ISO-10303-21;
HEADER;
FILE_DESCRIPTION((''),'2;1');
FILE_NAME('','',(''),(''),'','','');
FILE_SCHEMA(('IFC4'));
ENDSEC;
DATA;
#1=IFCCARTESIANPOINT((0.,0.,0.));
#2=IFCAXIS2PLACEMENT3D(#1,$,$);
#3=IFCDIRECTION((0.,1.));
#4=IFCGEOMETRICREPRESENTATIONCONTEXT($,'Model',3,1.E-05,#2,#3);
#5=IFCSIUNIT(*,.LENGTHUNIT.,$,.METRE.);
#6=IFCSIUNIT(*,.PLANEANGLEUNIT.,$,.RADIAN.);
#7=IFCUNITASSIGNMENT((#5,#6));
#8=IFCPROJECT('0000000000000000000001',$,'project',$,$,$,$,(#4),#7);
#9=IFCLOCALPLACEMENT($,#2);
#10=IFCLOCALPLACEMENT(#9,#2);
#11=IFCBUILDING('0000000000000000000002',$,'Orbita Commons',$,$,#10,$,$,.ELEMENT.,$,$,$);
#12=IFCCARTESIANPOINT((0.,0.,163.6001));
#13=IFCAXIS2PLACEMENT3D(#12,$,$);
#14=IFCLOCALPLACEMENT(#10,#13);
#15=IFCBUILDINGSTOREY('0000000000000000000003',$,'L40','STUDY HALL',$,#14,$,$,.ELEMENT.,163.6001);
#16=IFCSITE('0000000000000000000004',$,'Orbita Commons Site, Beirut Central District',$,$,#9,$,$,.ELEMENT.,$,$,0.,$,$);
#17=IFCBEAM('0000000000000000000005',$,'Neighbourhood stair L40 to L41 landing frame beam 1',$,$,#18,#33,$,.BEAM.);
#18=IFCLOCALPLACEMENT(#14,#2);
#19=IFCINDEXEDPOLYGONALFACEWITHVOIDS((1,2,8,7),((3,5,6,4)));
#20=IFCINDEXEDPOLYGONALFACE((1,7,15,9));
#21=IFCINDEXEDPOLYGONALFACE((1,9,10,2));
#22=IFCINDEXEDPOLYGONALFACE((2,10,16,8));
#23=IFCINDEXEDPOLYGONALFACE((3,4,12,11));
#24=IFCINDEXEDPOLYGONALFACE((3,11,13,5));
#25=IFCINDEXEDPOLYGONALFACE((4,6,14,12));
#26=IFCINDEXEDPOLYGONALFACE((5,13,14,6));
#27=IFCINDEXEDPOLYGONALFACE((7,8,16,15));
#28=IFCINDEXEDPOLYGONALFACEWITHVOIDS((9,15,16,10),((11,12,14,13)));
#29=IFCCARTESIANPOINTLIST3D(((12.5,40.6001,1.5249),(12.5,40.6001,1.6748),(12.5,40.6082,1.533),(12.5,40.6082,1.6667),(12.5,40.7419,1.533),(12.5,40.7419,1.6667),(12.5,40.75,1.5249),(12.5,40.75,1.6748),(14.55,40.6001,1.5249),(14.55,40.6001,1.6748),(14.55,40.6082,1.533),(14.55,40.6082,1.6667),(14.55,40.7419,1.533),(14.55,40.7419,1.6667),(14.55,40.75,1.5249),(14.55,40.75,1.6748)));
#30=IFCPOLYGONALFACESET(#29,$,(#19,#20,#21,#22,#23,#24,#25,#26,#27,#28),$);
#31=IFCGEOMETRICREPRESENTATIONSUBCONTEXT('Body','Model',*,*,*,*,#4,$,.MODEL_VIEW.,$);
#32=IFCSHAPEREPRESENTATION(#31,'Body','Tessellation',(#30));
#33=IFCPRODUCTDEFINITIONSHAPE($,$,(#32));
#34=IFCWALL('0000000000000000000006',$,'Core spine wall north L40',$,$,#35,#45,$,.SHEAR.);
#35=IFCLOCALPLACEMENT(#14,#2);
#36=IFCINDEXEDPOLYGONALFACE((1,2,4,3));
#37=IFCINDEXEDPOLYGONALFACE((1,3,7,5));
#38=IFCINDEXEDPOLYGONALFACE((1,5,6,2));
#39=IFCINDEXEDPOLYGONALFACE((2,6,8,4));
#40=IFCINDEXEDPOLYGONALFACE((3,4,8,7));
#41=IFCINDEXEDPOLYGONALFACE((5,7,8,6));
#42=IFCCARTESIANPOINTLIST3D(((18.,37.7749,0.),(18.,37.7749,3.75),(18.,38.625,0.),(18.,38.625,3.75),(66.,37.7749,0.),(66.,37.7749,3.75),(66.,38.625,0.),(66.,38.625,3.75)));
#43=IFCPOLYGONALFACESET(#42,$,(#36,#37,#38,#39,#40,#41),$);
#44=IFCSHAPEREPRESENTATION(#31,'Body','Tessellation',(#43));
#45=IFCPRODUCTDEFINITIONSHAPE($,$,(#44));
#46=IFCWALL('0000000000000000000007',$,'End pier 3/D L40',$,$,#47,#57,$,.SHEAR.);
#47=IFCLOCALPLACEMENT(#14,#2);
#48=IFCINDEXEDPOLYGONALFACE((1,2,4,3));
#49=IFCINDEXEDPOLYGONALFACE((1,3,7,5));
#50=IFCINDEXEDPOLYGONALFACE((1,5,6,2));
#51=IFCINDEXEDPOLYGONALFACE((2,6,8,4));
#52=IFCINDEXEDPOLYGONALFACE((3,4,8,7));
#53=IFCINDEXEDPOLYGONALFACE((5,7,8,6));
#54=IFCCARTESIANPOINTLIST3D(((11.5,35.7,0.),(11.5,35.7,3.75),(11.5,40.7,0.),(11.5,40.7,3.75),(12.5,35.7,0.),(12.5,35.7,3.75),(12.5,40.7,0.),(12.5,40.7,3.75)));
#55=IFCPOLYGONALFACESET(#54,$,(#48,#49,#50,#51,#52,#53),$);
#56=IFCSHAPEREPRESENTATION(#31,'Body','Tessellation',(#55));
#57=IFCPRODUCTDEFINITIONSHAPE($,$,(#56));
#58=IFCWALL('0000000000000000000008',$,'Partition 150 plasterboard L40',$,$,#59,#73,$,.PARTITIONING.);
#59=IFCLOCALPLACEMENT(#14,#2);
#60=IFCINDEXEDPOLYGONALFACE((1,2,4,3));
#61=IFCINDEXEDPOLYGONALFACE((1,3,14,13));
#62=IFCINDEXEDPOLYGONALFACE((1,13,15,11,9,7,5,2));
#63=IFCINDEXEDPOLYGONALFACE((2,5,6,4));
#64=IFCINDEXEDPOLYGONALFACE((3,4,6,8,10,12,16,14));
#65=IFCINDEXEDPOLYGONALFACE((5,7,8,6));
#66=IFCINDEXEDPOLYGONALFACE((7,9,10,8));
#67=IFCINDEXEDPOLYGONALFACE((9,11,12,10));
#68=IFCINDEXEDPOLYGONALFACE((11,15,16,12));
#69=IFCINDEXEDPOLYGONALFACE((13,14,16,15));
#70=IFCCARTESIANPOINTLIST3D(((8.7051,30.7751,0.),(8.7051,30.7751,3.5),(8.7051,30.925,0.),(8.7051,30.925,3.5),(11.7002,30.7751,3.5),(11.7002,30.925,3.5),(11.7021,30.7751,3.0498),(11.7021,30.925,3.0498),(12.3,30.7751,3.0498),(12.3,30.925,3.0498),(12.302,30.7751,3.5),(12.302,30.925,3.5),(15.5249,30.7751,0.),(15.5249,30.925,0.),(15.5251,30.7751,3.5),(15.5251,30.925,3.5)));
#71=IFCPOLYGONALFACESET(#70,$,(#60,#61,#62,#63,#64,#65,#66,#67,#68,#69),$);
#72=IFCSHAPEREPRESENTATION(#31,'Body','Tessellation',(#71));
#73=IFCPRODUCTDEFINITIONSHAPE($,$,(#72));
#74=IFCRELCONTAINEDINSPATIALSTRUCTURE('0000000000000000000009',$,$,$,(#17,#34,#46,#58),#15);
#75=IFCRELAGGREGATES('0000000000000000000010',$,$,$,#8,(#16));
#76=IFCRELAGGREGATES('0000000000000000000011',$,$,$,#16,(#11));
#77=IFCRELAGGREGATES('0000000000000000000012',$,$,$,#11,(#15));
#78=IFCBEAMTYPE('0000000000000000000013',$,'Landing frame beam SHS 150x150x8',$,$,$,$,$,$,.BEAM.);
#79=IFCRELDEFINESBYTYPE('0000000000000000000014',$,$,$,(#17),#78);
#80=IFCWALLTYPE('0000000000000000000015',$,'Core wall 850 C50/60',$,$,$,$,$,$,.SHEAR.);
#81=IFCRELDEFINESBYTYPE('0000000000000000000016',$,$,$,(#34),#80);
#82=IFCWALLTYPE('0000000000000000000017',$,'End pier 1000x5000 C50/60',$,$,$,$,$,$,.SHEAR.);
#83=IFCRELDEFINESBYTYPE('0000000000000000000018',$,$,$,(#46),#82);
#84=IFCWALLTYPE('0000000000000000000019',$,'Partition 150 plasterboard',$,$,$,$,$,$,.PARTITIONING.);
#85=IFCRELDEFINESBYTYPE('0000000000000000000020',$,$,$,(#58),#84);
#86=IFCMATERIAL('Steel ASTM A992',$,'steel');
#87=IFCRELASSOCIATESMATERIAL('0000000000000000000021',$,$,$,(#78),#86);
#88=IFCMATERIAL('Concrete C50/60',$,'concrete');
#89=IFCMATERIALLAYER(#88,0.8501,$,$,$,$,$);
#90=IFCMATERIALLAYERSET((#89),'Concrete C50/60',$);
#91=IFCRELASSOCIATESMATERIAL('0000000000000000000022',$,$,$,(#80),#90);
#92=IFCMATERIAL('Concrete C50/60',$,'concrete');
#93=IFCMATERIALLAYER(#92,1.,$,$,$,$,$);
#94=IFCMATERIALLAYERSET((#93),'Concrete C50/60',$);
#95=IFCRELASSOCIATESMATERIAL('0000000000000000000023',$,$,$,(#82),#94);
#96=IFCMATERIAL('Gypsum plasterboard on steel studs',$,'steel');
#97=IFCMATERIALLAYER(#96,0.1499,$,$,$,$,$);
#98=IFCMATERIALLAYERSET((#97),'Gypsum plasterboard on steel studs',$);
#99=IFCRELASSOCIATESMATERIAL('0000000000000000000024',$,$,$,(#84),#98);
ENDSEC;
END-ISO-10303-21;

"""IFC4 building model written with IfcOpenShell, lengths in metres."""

from ifc_helpers import new_model, si_unit, direction, frame, frame_2d, origin, origin_2d, place, context, subcontext, project, spatial, polyline, rectangle, hollow_rectangle, outline, extrude, material, layer, layer_set, material_profile, profile_set, type_object, element, save


model = new_model("IFC4")

# Units and contexts
model_context = context("Model", 3, precision=1e-05, world=origin(), true_north=direction((0.0, 1.0)))
body_context = subcontext(model_context, "Body", "Model", "MODEL_VIEW")
ifc_project = project(units=[si_unit("LENGTHUNIT", "METRE"), si_unit("PLANEANGLEUNIT", "RADIAN")], contexts=[model_context])

# Site, building, storey
site_placement = place(None, origin())
site = spatial("IfcSite", under=ifc_project, at=site_placement, Name="Orbita Commons Site, Beirut Central District", CompositionType="ELEMENT", RefElevation=0.0)
building_placement = place(site_placement, origin())
building = spatial("IfcBuilding", under=site, at=building_placement, Name="Orbita Commons", CompositionType="ELEMENT")
storey_placement = place(building_placement, frame((0.0, 0.0, 163.6001)))
storey = spatial("IfcBuildingStorey", under=building, at=storey_placement, Name="L40", Description="STUDY HALL", CompositionType="ELEMENT", Elevation=163.6001)

# Beam
ifc_material_1 = material(Name="Steel ASTM A992", Category="steel")
ifc_material_profile = material_profile(ifc_material_1, hollow_rectangle(XDim=0.1499, YDim=0.1499, WallThickness=0.0081, at=origin_2d()), Name="SHS 150x150x8")
ifc_profile_set = profile_set([ifc_material_profile], Name="Steel ASTM A992")
beam_type = type_object("IfcBeamType", Name="Landing frame beam SHS 150x150x8", PredefinedType="BEAM", material=ifc_profile_set)
beam_placement = place(storey_placement, frame((12.5, 40.675, 1.5999), z_axis=(1.0, 0.0, 0.0), x_axis=(0.0, 1.0, 0.0)))
element("IfcBeam", 1, at=beam_placement, inside=storey, type_object=beam_type, Name="Neighbourhood stair L40 to L41 landing frame beam 1", PredefinedType="BEAM", context=body_context, shape_type="SweptSolid", body=[
    extrude(hollow_rectangle(XDim=0.1499, YDim=0.1499, WallThickness=0.0081, at=origin_2d()), origin(), (0.0, 0.0, 1.0), 2.05),
])

# Walls
ifc_material_2 = material(Name="Concrete C50/60", Category="concrete")
ifc_layer_1 = layer(ifc_material_2, 0.8501)
ifc_layer_set_1 = layer_set([ifc_layer_1], Name="Concrete C50/60")
wall_type_1 = type_object("IfcWallType", Name="Core wall 850 C50/60", PredefinedType="SHEAR", material=ifc_layer_set_1)
wall_1_placement = place(storey_placement, frame((18.0, 38.2, 0.0), z_axis=(0.0, 0.0, 1.0), x_axis=(1.0, 0.0, 0.0)))
element("IfcWall", 2, at=wall_1_placement, inside=storey, type_object=wall_type_1, Name="Core spine wall north L40", PredefinedType="SHEAR", context=body_context, shape_type="SweptSolid", body=[
    extrude(rectangle(XDim=48.0, YDim=0.8501, at=frame_2d((24.0, 0.0))), origin(), (0.0, 0.0, 1.0), 3.75),
])
ifc_material_3 = material(Name="Concrete C50/60", Category="concrete")
ifc_layer_2 = layer(ifc_material_3, 1.0)
ifc_layer_set_2 = layer_set([ifc_layer_2], Name="Concrete C50/60")
wall_type_2 = type_object("IfcWallType", Name="End pier 1000x5000 C50/60", PredefinedType="SHEAR", material=ifc_layer_set_2)
wall_2_placement = place(storey_placement, frame((12.0, 35.7, 0.0), z_axis=(0.0, 0.0, 1.0), x_axis=(0.0, 1.0, 0.0)))
element("IfcWall", 3, at=wall_2_placement, inside=storey, type_object=wall_type_2, Name="End pier 3/D L40", PredefinedType="SHEAR", context=body_context, shape_type="SweptSolid", body=[
    extrude(rectangle(XDim=5.0, YDim=1.0, at=frame_2d((2.5, 0.0))), origin(), (0.0, 0.0, 1.0), 3.75),
])
ifc_material_4 = material(Name="Gypsum plasterboard on steel studs", Category="steel")
ifc_layer_3 = layer(ifc_material_4, 0.1499)
ifc_layer_set_3 = layer_set([ifc_layer_3], Name="Gypsum plasterboard on steel studs")
wall_type_3 = type_object("IfcWallType", Name="Partition 150 plasterboard", PredefinedType="PARTITIONING", material=ifc_layer_set_3)
wall_3_placement = place(storey_placement, frame((8.7051, 30.8501, 0.0), z_axis=(0.0, 0.0, 1.0), x_axis=(1.0, 0.0, 0.0)))
element("IfcWall", 4, at=wall_3_placement, inside=storey, type_object=wall_type_3, Name="Partition 150 plasterboard L40", PredefinedType="PARTITIONING", context=body_context, shape_type="SweptSolid", body=[
    extrude(outline(polyline([(0.0, 0.0), (6.8198, 0.0), (6.8201, 3.5), (3.5969, 3.5), (3.595, 3.0498), (2.9971, 3.0498), (2.9951, 3.5), (0.0, 3.5), (0.0, 0.0)])), frame((0.0, 0.075, 0.0), z_axis=(0.0, -1.0, 0.0), x_axis=(1.0, 0.0, 0.0)), (0.0, 0.0, 1.0), 0.1499),
])

save(model, "model.ifc")
